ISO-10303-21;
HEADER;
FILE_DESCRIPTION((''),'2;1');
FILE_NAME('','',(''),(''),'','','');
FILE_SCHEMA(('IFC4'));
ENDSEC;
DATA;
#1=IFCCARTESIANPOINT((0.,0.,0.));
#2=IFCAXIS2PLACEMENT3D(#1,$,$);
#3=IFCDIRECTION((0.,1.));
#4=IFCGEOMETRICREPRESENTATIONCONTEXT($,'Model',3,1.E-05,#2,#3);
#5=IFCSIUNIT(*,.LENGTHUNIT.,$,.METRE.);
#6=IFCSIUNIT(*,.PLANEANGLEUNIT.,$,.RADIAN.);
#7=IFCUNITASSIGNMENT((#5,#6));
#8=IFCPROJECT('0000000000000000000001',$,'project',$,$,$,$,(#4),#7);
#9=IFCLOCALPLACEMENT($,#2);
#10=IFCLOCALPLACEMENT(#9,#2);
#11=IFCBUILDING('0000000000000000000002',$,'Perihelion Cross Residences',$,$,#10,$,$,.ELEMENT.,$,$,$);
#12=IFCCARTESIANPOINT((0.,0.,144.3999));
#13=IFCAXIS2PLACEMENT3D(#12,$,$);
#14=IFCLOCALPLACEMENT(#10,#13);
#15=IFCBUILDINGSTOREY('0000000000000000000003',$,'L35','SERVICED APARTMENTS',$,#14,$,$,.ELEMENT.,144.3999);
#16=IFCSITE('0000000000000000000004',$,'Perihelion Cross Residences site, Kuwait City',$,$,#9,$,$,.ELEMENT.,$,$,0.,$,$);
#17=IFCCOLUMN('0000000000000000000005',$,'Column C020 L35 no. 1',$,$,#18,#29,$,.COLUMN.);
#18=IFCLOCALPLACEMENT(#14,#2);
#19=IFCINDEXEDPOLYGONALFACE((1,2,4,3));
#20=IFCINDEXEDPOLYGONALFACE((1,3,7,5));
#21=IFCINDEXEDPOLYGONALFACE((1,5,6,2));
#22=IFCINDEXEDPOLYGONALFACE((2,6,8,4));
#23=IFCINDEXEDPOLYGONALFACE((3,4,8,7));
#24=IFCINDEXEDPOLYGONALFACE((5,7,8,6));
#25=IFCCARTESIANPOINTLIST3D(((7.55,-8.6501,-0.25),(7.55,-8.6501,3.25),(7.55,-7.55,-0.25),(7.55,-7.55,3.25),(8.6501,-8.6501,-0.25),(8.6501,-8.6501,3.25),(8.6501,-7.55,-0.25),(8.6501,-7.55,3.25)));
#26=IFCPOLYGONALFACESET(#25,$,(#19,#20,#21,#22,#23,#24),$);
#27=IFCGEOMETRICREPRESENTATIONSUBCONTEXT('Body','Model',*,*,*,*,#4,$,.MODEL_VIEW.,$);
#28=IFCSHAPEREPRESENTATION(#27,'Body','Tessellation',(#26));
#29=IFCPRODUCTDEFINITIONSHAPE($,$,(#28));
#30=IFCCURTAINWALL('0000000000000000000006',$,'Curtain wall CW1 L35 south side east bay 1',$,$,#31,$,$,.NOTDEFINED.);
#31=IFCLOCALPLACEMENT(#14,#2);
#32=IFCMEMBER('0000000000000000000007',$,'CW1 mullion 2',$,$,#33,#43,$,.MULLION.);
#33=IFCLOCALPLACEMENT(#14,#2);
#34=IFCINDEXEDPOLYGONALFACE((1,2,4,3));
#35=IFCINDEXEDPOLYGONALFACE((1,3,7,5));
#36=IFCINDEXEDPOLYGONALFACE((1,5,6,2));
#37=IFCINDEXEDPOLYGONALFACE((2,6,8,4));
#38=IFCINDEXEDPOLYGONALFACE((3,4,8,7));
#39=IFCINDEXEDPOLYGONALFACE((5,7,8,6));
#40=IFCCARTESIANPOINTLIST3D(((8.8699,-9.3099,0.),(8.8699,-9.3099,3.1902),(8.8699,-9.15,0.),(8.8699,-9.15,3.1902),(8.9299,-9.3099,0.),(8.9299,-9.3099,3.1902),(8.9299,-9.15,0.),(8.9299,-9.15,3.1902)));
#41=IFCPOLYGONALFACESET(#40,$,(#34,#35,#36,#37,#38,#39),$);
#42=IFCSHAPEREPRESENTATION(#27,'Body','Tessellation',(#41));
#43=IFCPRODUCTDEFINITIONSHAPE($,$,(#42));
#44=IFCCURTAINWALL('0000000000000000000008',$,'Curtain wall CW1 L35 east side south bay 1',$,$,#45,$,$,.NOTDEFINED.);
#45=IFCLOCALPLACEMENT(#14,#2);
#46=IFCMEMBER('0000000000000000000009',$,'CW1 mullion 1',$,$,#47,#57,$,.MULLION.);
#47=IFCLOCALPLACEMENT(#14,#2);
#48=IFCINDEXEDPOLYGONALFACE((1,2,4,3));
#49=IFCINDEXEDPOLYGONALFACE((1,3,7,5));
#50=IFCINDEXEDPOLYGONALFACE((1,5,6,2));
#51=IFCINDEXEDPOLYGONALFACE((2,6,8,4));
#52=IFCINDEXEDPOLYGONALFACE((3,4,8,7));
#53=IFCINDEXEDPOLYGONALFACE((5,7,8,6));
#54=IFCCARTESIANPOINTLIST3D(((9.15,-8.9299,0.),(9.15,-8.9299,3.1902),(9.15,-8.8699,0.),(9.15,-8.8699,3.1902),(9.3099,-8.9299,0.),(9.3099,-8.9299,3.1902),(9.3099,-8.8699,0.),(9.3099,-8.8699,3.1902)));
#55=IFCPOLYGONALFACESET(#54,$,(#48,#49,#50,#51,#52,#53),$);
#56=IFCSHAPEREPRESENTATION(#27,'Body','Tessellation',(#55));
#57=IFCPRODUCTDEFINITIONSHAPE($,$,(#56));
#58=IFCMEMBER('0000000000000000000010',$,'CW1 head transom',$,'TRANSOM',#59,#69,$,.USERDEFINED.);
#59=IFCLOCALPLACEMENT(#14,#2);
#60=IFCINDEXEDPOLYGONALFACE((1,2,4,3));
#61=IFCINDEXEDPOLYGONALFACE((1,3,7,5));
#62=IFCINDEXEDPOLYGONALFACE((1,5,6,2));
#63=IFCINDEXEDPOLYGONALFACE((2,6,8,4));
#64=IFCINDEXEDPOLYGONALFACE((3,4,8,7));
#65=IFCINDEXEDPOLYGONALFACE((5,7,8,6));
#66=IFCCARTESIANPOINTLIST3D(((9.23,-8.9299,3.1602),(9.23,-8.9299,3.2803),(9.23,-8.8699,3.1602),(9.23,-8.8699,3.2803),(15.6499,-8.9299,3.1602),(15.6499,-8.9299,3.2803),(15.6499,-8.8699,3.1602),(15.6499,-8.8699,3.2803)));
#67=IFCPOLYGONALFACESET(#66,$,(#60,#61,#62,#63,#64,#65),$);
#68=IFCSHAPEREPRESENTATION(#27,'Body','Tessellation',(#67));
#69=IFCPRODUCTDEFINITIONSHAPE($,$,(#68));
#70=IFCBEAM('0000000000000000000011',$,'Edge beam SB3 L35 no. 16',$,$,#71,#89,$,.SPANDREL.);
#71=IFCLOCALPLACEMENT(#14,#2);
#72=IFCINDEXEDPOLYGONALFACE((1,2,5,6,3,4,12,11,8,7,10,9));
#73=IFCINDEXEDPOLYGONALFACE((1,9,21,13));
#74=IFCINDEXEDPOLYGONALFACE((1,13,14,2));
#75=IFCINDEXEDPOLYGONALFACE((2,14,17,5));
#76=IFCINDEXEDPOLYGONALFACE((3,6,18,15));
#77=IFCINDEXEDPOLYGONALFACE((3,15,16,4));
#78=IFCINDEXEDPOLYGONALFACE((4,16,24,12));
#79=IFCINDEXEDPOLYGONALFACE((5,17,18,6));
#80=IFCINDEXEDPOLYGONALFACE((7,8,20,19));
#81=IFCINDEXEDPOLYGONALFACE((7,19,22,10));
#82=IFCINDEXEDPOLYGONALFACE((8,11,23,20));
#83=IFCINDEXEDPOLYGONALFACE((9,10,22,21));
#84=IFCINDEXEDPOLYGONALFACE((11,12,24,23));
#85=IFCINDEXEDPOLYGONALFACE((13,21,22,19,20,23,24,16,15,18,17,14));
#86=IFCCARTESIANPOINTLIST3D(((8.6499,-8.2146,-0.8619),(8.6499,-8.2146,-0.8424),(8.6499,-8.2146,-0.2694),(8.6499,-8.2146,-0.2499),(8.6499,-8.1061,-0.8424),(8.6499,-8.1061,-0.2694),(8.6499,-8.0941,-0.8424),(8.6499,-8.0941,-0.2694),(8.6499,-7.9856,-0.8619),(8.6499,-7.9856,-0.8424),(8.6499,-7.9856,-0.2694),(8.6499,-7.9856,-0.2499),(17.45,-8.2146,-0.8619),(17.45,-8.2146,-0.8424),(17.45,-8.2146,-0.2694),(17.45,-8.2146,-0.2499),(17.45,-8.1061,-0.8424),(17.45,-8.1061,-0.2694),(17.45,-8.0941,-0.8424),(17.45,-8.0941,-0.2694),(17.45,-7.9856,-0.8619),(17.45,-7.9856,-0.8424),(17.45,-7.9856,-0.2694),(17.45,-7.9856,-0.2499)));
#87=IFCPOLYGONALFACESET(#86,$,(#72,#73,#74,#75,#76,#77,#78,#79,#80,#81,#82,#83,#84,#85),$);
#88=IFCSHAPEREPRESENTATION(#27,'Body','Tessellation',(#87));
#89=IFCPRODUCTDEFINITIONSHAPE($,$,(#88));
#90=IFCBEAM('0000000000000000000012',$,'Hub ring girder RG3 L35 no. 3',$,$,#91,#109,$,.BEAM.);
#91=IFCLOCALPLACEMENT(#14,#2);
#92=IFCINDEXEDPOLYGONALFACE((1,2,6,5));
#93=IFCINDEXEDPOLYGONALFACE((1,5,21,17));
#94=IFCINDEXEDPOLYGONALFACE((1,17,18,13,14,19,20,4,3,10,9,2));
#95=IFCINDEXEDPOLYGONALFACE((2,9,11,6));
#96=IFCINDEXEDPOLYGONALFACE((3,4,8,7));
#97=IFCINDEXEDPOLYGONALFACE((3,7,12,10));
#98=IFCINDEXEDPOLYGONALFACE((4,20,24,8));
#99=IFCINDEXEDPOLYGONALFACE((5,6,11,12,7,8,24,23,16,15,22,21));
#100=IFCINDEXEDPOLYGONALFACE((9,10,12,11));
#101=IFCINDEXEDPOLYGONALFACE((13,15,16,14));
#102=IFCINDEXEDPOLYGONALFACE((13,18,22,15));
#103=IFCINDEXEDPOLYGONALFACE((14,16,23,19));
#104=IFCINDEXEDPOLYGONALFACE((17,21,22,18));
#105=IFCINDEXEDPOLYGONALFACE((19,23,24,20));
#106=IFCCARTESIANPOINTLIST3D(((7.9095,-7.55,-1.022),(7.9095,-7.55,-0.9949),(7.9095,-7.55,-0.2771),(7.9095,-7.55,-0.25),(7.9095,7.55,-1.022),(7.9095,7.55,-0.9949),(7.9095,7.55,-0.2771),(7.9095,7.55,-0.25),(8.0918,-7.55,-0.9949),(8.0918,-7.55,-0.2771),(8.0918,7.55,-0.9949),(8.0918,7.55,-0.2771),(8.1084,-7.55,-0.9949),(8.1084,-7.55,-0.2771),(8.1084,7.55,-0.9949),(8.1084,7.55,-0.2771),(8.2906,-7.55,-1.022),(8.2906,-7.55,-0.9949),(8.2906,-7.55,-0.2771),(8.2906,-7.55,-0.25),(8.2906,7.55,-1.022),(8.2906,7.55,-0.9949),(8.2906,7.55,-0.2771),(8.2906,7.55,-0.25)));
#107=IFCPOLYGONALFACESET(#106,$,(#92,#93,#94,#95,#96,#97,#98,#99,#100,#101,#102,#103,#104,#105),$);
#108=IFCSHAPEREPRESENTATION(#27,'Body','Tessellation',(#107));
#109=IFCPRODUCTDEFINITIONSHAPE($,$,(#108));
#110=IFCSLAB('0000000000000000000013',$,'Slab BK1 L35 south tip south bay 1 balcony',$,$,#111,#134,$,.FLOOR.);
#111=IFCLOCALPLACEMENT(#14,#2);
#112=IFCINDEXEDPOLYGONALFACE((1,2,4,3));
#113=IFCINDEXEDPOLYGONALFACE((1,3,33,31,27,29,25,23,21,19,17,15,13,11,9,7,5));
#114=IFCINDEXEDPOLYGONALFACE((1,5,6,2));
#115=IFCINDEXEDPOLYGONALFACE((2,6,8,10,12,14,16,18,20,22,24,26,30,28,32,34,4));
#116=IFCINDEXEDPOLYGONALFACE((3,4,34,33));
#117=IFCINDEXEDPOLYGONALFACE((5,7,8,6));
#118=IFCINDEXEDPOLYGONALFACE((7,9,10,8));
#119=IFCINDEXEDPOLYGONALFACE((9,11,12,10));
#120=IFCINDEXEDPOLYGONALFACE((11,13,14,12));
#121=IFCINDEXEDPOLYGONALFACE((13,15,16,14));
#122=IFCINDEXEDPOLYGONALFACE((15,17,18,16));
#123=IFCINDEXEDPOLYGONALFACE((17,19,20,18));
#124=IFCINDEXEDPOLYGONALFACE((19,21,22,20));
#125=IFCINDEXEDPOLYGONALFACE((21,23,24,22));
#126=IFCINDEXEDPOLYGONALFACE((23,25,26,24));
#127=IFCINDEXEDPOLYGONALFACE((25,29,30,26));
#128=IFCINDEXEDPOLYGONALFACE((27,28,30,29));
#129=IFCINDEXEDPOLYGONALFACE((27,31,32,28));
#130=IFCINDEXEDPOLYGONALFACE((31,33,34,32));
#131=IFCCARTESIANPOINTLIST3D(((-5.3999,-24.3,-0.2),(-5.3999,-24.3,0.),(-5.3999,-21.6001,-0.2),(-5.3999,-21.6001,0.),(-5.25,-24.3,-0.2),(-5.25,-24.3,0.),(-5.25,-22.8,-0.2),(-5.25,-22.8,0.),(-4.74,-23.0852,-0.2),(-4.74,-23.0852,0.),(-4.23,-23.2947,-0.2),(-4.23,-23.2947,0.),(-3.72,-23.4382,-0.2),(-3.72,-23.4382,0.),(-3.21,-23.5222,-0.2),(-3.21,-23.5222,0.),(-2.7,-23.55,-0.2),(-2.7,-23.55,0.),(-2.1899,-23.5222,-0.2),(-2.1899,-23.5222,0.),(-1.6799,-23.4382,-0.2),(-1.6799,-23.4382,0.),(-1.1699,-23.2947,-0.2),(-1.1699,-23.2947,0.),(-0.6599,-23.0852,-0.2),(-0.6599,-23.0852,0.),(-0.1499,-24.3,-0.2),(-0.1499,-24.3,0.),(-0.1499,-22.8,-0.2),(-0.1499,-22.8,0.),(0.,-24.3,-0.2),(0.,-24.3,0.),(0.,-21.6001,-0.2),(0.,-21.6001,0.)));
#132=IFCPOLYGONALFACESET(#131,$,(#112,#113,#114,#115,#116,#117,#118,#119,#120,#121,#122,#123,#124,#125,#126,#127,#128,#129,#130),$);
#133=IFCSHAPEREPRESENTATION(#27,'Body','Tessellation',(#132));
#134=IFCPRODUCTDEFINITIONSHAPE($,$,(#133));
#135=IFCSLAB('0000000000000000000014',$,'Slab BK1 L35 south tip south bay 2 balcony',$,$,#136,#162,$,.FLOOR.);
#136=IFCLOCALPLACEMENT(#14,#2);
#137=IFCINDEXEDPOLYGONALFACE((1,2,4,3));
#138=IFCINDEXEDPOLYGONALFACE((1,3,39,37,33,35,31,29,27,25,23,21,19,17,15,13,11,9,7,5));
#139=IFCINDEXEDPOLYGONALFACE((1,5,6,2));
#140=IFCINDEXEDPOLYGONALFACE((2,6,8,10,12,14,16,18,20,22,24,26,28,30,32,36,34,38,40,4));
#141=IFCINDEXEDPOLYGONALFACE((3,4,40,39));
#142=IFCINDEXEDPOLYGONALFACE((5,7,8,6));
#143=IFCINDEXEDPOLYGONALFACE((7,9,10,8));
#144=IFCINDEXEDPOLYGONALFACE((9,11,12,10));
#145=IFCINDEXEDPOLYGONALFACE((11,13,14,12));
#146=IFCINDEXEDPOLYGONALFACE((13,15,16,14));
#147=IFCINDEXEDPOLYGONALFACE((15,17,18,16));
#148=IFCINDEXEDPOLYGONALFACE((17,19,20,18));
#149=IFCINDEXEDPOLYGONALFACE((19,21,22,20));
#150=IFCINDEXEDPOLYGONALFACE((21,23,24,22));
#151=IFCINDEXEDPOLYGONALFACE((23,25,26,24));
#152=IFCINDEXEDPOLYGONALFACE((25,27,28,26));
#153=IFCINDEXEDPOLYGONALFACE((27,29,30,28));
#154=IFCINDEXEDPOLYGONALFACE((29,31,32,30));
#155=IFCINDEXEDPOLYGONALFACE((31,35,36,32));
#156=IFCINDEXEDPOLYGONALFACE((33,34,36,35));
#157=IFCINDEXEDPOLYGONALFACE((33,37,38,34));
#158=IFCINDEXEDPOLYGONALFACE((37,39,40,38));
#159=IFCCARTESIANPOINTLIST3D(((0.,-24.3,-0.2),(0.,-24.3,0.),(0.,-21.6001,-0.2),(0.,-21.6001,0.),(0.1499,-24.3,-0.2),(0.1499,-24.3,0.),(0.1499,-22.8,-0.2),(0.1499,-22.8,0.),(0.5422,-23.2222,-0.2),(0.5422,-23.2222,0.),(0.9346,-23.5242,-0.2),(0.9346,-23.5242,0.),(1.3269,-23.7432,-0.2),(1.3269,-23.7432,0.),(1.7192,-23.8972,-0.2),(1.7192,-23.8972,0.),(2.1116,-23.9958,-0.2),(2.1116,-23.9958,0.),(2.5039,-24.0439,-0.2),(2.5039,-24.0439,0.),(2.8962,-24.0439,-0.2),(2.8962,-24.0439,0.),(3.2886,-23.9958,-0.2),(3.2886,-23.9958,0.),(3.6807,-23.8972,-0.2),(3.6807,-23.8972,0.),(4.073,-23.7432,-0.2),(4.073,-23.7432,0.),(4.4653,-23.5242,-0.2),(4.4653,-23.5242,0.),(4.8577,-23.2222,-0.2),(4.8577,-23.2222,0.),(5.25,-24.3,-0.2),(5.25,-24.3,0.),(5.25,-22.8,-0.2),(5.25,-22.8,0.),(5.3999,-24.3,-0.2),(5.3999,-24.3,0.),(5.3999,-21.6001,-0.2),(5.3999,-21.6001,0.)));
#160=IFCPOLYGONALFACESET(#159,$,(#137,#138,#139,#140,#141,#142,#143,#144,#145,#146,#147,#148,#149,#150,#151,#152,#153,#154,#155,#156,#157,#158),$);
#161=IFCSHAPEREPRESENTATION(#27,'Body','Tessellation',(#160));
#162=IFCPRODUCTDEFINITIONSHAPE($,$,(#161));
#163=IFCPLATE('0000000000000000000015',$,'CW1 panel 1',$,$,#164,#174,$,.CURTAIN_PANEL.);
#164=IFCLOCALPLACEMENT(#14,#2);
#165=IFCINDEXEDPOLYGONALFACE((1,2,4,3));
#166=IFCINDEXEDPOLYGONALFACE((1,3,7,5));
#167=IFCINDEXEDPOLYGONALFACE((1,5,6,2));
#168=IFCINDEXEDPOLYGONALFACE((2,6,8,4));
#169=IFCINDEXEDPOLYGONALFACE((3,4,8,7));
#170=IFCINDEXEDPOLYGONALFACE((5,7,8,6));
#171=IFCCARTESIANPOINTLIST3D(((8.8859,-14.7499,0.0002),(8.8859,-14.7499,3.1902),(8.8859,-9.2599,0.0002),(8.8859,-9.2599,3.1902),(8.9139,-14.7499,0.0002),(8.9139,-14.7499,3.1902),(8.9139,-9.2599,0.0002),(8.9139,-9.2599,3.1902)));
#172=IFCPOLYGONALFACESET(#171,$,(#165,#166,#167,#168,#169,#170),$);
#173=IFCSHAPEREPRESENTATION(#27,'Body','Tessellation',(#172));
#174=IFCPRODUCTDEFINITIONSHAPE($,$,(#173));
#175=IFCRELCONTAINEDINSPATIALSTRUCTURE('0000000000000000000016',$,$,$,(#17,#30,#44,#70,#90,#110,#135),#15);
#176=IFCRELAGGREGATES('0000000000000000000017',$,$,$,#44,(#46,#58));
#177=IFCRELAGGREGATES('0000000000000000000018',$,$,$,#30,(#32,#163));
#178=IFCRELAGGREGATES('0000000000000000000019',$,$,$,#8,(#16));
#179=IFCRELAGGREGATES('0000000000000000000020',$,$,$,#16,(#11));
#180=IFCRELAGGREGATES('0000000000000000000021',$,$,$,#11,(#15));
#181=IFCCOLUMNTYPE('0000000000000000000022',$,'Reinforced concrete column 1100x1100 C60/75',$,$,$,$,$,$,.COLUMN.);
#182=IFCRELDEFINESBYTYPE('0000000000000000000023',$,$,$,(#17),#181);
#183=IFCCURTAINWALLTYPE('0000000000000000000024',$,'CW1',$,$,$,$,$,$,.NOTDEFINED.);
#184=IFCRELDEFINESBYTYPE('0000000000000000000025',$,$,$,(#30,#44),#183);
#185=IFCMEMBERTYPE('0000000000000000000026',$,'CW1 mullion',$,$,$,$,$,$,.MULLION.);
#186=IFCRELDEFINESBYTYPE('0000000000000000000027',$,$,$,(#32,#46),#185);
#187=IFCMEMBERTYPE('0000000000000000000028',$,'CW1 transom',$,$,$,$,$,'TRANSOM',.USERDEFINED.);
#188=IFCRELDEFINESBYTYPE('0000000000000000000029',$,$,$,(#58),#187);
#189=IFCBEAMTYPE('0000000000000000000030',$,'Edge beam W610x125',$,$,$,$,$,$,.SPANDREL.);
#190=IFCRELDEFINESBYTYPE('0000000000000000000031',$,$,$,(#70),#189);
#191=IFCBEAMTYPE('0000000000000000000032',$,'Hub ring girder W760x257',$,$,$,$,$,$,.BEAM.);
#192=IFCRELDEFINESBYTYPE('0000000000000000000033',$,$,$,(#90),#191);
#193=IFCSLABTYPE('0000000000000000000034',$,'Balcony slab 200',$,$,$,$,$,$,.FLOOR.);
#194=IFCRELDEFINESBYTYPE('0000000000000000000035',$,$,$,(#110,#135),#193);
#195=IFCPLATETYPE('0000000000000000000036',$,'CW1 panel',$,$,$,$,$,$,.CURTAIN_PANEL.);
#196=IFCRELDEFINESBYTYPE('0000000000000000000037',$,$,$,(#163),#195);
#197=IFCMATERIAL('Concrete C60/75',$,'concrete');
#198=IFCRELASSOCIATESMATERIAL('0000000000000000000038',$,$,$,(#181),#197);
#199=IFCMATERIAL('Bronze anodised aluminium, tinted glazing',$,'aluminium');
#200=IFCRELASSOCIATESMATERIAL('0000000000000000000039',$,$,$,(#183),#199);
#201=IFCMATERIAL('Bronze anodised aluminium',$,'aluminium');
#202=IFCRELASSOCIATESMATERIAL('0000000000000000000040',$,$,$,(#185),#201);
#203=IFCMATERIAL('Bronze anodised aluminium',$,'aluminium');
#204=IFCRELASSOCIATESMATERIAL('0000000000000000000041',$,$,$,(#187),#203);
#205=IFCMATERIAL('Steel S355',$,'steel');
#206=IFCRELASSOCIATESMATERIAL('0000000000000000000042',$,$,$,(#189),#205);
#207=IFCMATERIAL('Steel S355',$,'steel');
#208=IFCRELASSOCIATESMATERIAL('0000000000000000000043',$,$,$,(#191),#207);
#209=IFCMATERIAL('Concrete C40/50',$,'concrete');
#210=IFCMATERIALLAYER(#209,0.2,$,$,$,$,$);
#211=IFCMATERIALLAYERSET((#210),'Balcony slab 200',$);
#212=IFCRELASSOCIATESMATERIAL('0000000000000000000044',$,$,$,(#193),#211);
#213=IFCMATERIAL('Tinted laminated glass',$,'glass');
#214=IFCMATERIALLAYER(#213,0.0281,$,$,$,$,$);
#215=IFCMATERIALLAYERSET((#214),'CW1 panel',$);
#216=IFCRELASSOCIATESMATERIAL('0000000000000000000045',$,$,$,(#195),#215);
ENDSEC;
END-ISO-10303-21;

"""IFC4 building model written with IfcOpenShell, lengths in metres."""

from ifc_helpers import new_model, si_unit, direction, frame, origin, origin_2d, place, context, subcontext, project, spatial, polyline, rectangle, i_section, outline, extrude, material, layer, layer_set, material_profile, profile_set, type_object, element, aggregate, save


model = new_model("IFC4")

# Units and contexts
model_context = context("Model", 3, precision=1e-05, world=origin(), true_north=direction((0.0, 1.0)))
body_context = subcontext(model_context, "Body", "Model", "MODEL_VIEW")
ifc_project = project(units=[si_unit("LENGTHUNIT", "METRE"), si_unit("PLANEANGLEUNIT", "RADIAN")], contexts=[model_context])

# Site, building, storey
site_placement = place(None, origin())
site = spatial("IfcSite", under=ifc_project, at=site_placement, Name="Perihelion Cross Residences site, Kuwait City", CompositionType="ELEMENT", RefElevation=0.0)
building_placement = place(site_placement, origin())
building = spatial("IfcBuilding", under=site, at=building_placement, Name="Perihelion Cross Residences", CompositionType="ELEMENT")
storey_placement = place(building_placement, frame((0.0, 0.0, 144.3999)))
storey = spatial("IfcBuildingStorey", under=building, at=storey_placement, Name="L35", Description="SERVICED APARTMENTS", CompositionType="ELEMENT", Elevation=144.3999)

# Column
ifc_material_1 = material(Name="Concrete C60/75", Category="concrete")
ifc_material_profile_1 = material_profile(ifc_material_1, rectangle(XDim=1.1001, YDim=1.1001, at=origin_2d()), Name="RC 1100x1100")
ifc_profile_set_1 = profile_set([ifc_material_profile_1], Name="Concrete C60/75")
column_type = type_object("IfcColumnType", Name="Reinforced concrete column 1100x1100 C60/75", PredefinedType="COLUMN", material=ifc_profile_set_1)
column_placement = place(storey_placement, frame((8.1001, -8.1001, -0.25), z_axis=(0.0, 0.0, 1.0), x_axis=(1.0, 0.0, 0.0)))
element("IfcColumn", 1, at=column_placement, inside=storey, type_object=column_type, Name="Column C020 L35 no. 1", PredefinedType="COLUMN", context=body_context, shape_type="SweptSolid", body=[
    extrude(rectangle(XDim=1.1001, YDim=1.1001, at=origin_2d()), origin(), (0.0, 0.0, 1.0), 3.5),
])

# Curtain wall, member
ifc_material_2 = material(Name="Bronze anodised aluminium, tinted glazing", Category="aluminium")
curtain_wall_type = type_object("IfcCurtainWallType", Name="CW1", PredefinedType="NOTDEFINED", material=ifc_material_2)
curtain_wall_1_placement = place(storey_placement, origin())
curtain_wall_1 = element("IfcCurtainWall", 2, at=curtain_wall_1_placement, inside=storey, type_object=curtain_wall_type, Name="Curtain wall CW1 L35 south side east bay 1", PredefinedType="NOTDEFINED")
ifc_material_3 = material(Name="Bronze anodised aluminium", Category="aluminium")
ifc_material_profile_2 = material_profile(ifc_material_3, rectangle(XDim=0.0601, YDim=0.1599, at=origin_2d()), Name="CW1 mullion")
ifc_profile_set_2 = profile_set([ifc_material_profile_2], Name="Bronze anodised aluminium")
member_type_1 = type_object("IfcMemberType", Name="CW1 mullion", PredefinedType="MULLION", material=ifc_profile_set_2)
member_1_placement = place(storey_placement, frame((8.8999, -9.23, 0.0), z_axis=(0.0, 0.0, 1.0), x_axis=(-1.0, 0.0, 0.0)))
member_1 = element("IfcMember", 3, at=member_1_placement, type_object=member_type_1, Name="CW1 mullion 2", PredefinedType="MULLION", context=body_context, shape_type="SweptSolid", body=[
    extrude(rectangle(XDim=0.0601, YDim=0.1599, at=origin_2d()), origin(), (0.0, 0.0, 1.0), 3.1902),
])

# Curtain wall, members
curtain_wall_2_placement = place(storey_placement, origin())
curtain_wall_2 = element("IfcCurtainWall", 4, at=curtain_wall_2_placement, inside=storey, type_object=curtain_wall_type, Name="Curtain wall CW1 L35 east side south bay 1", PredefinedType="NOTDEFINED")
member_2_placement = place(storey_placement, frame((9.23, -8.8999, 0.0), z_axis=(0.0, 0.0, 1.0), x_axis=(0.0, 1.0, 0.0)))
member_2 = element("IfcMember", 5, at=member_2_placement, type_object=member_type_1, Name="CW1 mullion 1", PredefinedType="MULLION", context=body_context, shape_type="SweptSolid", body=[
    extrude(rectangle(XDim=0.0601, YDim=0.1599, at=origin_2d()), origin(), (0.0, 0.0, 1.0), 3.1902),
])
ifc_material_4 = material(Name="Bronze anodised aluminium", Category="aluminium")
ifc_material_profile_3 = material_profile(ifc_material_4, rectangle(XDim=0.0601, YDim=0.1201, at=origin_2d()), Name="CW1 transom")
ifc_profile_set_3 = profile_set([ifc_material_profile_3], Name="Bronze anodised aluminium")
member_type_2 = type_object("IfcMemberType", Name="CW1 transom", ElementType="TRANSOM", PredefinedType="USERDEFINED", material=ifc_profile_set_3)
member_3_placement = place(storey_placement, frame((9.23, -8.8999, 3.2202), z_axis=(1.0, 0.0, 0.0), x_axis=(0.0, 1.0, 0.0)))
member_3 = element("IfcMember", 6, at=member_3_placement, type_object=member_type_2, Name="CW1 head transom", ObjectType="TRANSOM", PredefinedType="USERDEFINED", context=body_context, shape_type="SweptSolid", body=[
    extrude(rectangle(XDim=0.0601, YDim=0.1201, at=origin_2d()), origin(), (0.0, 0.0, 1.0), 6.4199),
])
aggregate(curtain_wall_2, [member_2, member_3])

# Beams
ifc_material_5 = material(Name="Steel S355", Category="steel")
ifc_material_profile_4 = material_profile(ifc_material_5, i_section(OverallWidth=0.229, OverallDepth=0.6121, WebThickness=0.012, FlangeThickness=0.0195, at=origin_2d()), Name="W610x125")
ifc_profile_set_4 = profile_set([ifc_material_profile_4], Name="Steel S355")
beam_type_1 = type_object("IfcBeamType", Name="Edge beam W610x125", PredefinedType="SPANDREL", material=ifc_profile_set_4)
beam_1_placement = place(storey_placement, frame((8.6499, -8.1001, -0.5559), z_axis=(1.0, 0.0, 0.0), x_axis=(0.0, 1.0, 0.0)))
element("IfcBeam", 7, at=beam_1_placement, inside=storey, type_object=beam_type_1, Name="Edge beam SB3 L35 no. 16", PredefinedType="SPANDREL", context=body_context, shape_type="SweptSolid", body=[
    extrude(i_section(OverallWidth=0.229, OverallDepth=0.6121, WebThickness=0.012, FlangeThickness=0.0195, at=origin_2d()), origin(), (0.0, 0.0, 1.0), 8.8),
])
ifc_material_6 = material(Name="Steel S355", Category="steel")
ifc_material_profile_5 = material_profile(ifc_material_6, i_section(OverallWidth=0.3811, OverallDepth=0.772, WebThickness=0.0166, FlangeThickness=0.0271, at=origin_2d()), Name="W760x257")
ifc_profile_set_5 = profile_set([ifc_material_profile_5], Name="Steel S355")
beam_type_2 = type_object("IfcBeamType", Name="Hub ring girder W760x257", PredefinedType="BEAM", material=ifc_profile_set_5)
beam_2_placement = place(storey_placement, frame((8.1001, -7.55, -0.636), z_axis=(0.0, 1.0, 0.0), x_axis=(-1.0, 0.0, 0.0)))
element("IfcBeam", 8, at=beam_2_placement, inside=storey, type_object=beam_type_2, Name="Hub ring girder RG3 L35 no. 3", PredefinedType="BEAM", context=body_context, shape_type="SweptSolid", body=[
    extrude(i_section(OverallWidth=0.3811, OverallDepth=0.772, WebThickness=0.0166, FlangeThickness=0.0271, at=origin_2d()), origin(), (0.0, 0.0, 1.0), 15.1001),
])

# Slabs
ifc_material_7 = material(Name="Concrete C40/50", Category="concrete")
ifc_layer_1 = layer(ifc_material_7, 0.2)
ifc_layer_set_1 = layer_set([ifc_layer_1], Name="Balcony slab 200")
slab_type_1 = type_object("IfcSlabType", Name="Balcony slab 200", PredefinedType="FLOOR", material=ifc_layer_set_1)
slab_1_placement = place(storey_placement, frame((0.0, 0.0, -0.2)))
element("IfcSlab", 9, at=slab_1_placement, inside=storey, type_object=slab_type_1, Name="Slab BK1 L35 south tip south bay 1 balcony", PredefinedType="FLOOR", context=body_context, shape_type="SweptSolid", body=[
    extrude(outline(polyline([(-5.3999, -21.6001), (0.0, -21.6001), (0.0, -24.3), (-0.1499, -24.3), (-0.1499, -22.8), (-0.6599, -23.0852), (-1.1699, -23.2947), (-1.6799, -23.4382), (-2.1899, -23.5222), (-2.7, -23.55), (-3.21, -23.5222), (-3.72, -23.4382), (-4.23, -23.2947), (-4.74, -23.0852), (-5.25, -22.8), (-5.25, -24.3), (-5.3999, -24.3), (-5.3999, -21.6001)])), origin(), (0.0, 0.0, 1.0), 0.2),
])
slab_2_placement = place(storey_placement, frame((0.0, 0.0, -0.2)))
element("IfcSlab", 10, at=slab_2_placement, inside=storey, type_object=slab_type_1, Name="Slab BK1 L35 south tip south bay 2 balcony", PredefinedType="FLOOR", context=body_context, shape_type="SweptSolid", body=[
    extrude(outline(polyline([(0.0, -21.6001), (5.3999, -21.6001), (5.3999, -24.3), (5.25, -24.3), (5.25, -22.8), (4.8577, -23.2222), (4.4653, -23.5242), (4.073, -23.7432), (3.6807, -23.8972), (3.2886, -23.9958), (2.8962, -24.0439), (2.5039, -24.0439), (2.1116, -23.9958), (1.7192, -23.8972), (1.3269, -23.7432), (0.9346, -23.5242), (0.5422, -23.2222), (0.1499, -22.8), (0.1499, -24.3), (0.0, -24.3), (0.0, -21.6001)])), origin(), (0.0, 0.0, 1.0), 0.2),
])

# Plate
ifc_material_8 = material(Name="Tinted laminated glass", Category="glass")
ifc_layer_2 = layer(ifc_material_8, 0.0281)
ifc_layer_set_2 = layer_set([ifc_layer_2], Name="CW1 panel")
plate_type = type_object("IfcPlateType", Name="CW1 panel", PredefinedType="CURTAIN_PANEL", material=ifc_layer_set_2)
plate_placement = place(storey_placement, frame((8.8999, -12.0049, 0.0002), z_axis=(0.0, 0.0, 1.0), x_axis=(0.0, 1.0, 0.0)))
plate = element("IfcPlate", 11, at=plate_placement, type_object=plate_type, Name="CW1 panel 1", PredefinedType="CURTAIN_PANEL", context=body_context, shape_type="SweptSolid", body=[
    extrude(rectangle(XDim=5.49, YDim=0.0281, at=origin_2d()), origin(), (0.0, 0.0, 1.0), 3.1899),
])
aggregate(curtain_wall_1, [member_1, plate])

save(model, "model.ifc")
